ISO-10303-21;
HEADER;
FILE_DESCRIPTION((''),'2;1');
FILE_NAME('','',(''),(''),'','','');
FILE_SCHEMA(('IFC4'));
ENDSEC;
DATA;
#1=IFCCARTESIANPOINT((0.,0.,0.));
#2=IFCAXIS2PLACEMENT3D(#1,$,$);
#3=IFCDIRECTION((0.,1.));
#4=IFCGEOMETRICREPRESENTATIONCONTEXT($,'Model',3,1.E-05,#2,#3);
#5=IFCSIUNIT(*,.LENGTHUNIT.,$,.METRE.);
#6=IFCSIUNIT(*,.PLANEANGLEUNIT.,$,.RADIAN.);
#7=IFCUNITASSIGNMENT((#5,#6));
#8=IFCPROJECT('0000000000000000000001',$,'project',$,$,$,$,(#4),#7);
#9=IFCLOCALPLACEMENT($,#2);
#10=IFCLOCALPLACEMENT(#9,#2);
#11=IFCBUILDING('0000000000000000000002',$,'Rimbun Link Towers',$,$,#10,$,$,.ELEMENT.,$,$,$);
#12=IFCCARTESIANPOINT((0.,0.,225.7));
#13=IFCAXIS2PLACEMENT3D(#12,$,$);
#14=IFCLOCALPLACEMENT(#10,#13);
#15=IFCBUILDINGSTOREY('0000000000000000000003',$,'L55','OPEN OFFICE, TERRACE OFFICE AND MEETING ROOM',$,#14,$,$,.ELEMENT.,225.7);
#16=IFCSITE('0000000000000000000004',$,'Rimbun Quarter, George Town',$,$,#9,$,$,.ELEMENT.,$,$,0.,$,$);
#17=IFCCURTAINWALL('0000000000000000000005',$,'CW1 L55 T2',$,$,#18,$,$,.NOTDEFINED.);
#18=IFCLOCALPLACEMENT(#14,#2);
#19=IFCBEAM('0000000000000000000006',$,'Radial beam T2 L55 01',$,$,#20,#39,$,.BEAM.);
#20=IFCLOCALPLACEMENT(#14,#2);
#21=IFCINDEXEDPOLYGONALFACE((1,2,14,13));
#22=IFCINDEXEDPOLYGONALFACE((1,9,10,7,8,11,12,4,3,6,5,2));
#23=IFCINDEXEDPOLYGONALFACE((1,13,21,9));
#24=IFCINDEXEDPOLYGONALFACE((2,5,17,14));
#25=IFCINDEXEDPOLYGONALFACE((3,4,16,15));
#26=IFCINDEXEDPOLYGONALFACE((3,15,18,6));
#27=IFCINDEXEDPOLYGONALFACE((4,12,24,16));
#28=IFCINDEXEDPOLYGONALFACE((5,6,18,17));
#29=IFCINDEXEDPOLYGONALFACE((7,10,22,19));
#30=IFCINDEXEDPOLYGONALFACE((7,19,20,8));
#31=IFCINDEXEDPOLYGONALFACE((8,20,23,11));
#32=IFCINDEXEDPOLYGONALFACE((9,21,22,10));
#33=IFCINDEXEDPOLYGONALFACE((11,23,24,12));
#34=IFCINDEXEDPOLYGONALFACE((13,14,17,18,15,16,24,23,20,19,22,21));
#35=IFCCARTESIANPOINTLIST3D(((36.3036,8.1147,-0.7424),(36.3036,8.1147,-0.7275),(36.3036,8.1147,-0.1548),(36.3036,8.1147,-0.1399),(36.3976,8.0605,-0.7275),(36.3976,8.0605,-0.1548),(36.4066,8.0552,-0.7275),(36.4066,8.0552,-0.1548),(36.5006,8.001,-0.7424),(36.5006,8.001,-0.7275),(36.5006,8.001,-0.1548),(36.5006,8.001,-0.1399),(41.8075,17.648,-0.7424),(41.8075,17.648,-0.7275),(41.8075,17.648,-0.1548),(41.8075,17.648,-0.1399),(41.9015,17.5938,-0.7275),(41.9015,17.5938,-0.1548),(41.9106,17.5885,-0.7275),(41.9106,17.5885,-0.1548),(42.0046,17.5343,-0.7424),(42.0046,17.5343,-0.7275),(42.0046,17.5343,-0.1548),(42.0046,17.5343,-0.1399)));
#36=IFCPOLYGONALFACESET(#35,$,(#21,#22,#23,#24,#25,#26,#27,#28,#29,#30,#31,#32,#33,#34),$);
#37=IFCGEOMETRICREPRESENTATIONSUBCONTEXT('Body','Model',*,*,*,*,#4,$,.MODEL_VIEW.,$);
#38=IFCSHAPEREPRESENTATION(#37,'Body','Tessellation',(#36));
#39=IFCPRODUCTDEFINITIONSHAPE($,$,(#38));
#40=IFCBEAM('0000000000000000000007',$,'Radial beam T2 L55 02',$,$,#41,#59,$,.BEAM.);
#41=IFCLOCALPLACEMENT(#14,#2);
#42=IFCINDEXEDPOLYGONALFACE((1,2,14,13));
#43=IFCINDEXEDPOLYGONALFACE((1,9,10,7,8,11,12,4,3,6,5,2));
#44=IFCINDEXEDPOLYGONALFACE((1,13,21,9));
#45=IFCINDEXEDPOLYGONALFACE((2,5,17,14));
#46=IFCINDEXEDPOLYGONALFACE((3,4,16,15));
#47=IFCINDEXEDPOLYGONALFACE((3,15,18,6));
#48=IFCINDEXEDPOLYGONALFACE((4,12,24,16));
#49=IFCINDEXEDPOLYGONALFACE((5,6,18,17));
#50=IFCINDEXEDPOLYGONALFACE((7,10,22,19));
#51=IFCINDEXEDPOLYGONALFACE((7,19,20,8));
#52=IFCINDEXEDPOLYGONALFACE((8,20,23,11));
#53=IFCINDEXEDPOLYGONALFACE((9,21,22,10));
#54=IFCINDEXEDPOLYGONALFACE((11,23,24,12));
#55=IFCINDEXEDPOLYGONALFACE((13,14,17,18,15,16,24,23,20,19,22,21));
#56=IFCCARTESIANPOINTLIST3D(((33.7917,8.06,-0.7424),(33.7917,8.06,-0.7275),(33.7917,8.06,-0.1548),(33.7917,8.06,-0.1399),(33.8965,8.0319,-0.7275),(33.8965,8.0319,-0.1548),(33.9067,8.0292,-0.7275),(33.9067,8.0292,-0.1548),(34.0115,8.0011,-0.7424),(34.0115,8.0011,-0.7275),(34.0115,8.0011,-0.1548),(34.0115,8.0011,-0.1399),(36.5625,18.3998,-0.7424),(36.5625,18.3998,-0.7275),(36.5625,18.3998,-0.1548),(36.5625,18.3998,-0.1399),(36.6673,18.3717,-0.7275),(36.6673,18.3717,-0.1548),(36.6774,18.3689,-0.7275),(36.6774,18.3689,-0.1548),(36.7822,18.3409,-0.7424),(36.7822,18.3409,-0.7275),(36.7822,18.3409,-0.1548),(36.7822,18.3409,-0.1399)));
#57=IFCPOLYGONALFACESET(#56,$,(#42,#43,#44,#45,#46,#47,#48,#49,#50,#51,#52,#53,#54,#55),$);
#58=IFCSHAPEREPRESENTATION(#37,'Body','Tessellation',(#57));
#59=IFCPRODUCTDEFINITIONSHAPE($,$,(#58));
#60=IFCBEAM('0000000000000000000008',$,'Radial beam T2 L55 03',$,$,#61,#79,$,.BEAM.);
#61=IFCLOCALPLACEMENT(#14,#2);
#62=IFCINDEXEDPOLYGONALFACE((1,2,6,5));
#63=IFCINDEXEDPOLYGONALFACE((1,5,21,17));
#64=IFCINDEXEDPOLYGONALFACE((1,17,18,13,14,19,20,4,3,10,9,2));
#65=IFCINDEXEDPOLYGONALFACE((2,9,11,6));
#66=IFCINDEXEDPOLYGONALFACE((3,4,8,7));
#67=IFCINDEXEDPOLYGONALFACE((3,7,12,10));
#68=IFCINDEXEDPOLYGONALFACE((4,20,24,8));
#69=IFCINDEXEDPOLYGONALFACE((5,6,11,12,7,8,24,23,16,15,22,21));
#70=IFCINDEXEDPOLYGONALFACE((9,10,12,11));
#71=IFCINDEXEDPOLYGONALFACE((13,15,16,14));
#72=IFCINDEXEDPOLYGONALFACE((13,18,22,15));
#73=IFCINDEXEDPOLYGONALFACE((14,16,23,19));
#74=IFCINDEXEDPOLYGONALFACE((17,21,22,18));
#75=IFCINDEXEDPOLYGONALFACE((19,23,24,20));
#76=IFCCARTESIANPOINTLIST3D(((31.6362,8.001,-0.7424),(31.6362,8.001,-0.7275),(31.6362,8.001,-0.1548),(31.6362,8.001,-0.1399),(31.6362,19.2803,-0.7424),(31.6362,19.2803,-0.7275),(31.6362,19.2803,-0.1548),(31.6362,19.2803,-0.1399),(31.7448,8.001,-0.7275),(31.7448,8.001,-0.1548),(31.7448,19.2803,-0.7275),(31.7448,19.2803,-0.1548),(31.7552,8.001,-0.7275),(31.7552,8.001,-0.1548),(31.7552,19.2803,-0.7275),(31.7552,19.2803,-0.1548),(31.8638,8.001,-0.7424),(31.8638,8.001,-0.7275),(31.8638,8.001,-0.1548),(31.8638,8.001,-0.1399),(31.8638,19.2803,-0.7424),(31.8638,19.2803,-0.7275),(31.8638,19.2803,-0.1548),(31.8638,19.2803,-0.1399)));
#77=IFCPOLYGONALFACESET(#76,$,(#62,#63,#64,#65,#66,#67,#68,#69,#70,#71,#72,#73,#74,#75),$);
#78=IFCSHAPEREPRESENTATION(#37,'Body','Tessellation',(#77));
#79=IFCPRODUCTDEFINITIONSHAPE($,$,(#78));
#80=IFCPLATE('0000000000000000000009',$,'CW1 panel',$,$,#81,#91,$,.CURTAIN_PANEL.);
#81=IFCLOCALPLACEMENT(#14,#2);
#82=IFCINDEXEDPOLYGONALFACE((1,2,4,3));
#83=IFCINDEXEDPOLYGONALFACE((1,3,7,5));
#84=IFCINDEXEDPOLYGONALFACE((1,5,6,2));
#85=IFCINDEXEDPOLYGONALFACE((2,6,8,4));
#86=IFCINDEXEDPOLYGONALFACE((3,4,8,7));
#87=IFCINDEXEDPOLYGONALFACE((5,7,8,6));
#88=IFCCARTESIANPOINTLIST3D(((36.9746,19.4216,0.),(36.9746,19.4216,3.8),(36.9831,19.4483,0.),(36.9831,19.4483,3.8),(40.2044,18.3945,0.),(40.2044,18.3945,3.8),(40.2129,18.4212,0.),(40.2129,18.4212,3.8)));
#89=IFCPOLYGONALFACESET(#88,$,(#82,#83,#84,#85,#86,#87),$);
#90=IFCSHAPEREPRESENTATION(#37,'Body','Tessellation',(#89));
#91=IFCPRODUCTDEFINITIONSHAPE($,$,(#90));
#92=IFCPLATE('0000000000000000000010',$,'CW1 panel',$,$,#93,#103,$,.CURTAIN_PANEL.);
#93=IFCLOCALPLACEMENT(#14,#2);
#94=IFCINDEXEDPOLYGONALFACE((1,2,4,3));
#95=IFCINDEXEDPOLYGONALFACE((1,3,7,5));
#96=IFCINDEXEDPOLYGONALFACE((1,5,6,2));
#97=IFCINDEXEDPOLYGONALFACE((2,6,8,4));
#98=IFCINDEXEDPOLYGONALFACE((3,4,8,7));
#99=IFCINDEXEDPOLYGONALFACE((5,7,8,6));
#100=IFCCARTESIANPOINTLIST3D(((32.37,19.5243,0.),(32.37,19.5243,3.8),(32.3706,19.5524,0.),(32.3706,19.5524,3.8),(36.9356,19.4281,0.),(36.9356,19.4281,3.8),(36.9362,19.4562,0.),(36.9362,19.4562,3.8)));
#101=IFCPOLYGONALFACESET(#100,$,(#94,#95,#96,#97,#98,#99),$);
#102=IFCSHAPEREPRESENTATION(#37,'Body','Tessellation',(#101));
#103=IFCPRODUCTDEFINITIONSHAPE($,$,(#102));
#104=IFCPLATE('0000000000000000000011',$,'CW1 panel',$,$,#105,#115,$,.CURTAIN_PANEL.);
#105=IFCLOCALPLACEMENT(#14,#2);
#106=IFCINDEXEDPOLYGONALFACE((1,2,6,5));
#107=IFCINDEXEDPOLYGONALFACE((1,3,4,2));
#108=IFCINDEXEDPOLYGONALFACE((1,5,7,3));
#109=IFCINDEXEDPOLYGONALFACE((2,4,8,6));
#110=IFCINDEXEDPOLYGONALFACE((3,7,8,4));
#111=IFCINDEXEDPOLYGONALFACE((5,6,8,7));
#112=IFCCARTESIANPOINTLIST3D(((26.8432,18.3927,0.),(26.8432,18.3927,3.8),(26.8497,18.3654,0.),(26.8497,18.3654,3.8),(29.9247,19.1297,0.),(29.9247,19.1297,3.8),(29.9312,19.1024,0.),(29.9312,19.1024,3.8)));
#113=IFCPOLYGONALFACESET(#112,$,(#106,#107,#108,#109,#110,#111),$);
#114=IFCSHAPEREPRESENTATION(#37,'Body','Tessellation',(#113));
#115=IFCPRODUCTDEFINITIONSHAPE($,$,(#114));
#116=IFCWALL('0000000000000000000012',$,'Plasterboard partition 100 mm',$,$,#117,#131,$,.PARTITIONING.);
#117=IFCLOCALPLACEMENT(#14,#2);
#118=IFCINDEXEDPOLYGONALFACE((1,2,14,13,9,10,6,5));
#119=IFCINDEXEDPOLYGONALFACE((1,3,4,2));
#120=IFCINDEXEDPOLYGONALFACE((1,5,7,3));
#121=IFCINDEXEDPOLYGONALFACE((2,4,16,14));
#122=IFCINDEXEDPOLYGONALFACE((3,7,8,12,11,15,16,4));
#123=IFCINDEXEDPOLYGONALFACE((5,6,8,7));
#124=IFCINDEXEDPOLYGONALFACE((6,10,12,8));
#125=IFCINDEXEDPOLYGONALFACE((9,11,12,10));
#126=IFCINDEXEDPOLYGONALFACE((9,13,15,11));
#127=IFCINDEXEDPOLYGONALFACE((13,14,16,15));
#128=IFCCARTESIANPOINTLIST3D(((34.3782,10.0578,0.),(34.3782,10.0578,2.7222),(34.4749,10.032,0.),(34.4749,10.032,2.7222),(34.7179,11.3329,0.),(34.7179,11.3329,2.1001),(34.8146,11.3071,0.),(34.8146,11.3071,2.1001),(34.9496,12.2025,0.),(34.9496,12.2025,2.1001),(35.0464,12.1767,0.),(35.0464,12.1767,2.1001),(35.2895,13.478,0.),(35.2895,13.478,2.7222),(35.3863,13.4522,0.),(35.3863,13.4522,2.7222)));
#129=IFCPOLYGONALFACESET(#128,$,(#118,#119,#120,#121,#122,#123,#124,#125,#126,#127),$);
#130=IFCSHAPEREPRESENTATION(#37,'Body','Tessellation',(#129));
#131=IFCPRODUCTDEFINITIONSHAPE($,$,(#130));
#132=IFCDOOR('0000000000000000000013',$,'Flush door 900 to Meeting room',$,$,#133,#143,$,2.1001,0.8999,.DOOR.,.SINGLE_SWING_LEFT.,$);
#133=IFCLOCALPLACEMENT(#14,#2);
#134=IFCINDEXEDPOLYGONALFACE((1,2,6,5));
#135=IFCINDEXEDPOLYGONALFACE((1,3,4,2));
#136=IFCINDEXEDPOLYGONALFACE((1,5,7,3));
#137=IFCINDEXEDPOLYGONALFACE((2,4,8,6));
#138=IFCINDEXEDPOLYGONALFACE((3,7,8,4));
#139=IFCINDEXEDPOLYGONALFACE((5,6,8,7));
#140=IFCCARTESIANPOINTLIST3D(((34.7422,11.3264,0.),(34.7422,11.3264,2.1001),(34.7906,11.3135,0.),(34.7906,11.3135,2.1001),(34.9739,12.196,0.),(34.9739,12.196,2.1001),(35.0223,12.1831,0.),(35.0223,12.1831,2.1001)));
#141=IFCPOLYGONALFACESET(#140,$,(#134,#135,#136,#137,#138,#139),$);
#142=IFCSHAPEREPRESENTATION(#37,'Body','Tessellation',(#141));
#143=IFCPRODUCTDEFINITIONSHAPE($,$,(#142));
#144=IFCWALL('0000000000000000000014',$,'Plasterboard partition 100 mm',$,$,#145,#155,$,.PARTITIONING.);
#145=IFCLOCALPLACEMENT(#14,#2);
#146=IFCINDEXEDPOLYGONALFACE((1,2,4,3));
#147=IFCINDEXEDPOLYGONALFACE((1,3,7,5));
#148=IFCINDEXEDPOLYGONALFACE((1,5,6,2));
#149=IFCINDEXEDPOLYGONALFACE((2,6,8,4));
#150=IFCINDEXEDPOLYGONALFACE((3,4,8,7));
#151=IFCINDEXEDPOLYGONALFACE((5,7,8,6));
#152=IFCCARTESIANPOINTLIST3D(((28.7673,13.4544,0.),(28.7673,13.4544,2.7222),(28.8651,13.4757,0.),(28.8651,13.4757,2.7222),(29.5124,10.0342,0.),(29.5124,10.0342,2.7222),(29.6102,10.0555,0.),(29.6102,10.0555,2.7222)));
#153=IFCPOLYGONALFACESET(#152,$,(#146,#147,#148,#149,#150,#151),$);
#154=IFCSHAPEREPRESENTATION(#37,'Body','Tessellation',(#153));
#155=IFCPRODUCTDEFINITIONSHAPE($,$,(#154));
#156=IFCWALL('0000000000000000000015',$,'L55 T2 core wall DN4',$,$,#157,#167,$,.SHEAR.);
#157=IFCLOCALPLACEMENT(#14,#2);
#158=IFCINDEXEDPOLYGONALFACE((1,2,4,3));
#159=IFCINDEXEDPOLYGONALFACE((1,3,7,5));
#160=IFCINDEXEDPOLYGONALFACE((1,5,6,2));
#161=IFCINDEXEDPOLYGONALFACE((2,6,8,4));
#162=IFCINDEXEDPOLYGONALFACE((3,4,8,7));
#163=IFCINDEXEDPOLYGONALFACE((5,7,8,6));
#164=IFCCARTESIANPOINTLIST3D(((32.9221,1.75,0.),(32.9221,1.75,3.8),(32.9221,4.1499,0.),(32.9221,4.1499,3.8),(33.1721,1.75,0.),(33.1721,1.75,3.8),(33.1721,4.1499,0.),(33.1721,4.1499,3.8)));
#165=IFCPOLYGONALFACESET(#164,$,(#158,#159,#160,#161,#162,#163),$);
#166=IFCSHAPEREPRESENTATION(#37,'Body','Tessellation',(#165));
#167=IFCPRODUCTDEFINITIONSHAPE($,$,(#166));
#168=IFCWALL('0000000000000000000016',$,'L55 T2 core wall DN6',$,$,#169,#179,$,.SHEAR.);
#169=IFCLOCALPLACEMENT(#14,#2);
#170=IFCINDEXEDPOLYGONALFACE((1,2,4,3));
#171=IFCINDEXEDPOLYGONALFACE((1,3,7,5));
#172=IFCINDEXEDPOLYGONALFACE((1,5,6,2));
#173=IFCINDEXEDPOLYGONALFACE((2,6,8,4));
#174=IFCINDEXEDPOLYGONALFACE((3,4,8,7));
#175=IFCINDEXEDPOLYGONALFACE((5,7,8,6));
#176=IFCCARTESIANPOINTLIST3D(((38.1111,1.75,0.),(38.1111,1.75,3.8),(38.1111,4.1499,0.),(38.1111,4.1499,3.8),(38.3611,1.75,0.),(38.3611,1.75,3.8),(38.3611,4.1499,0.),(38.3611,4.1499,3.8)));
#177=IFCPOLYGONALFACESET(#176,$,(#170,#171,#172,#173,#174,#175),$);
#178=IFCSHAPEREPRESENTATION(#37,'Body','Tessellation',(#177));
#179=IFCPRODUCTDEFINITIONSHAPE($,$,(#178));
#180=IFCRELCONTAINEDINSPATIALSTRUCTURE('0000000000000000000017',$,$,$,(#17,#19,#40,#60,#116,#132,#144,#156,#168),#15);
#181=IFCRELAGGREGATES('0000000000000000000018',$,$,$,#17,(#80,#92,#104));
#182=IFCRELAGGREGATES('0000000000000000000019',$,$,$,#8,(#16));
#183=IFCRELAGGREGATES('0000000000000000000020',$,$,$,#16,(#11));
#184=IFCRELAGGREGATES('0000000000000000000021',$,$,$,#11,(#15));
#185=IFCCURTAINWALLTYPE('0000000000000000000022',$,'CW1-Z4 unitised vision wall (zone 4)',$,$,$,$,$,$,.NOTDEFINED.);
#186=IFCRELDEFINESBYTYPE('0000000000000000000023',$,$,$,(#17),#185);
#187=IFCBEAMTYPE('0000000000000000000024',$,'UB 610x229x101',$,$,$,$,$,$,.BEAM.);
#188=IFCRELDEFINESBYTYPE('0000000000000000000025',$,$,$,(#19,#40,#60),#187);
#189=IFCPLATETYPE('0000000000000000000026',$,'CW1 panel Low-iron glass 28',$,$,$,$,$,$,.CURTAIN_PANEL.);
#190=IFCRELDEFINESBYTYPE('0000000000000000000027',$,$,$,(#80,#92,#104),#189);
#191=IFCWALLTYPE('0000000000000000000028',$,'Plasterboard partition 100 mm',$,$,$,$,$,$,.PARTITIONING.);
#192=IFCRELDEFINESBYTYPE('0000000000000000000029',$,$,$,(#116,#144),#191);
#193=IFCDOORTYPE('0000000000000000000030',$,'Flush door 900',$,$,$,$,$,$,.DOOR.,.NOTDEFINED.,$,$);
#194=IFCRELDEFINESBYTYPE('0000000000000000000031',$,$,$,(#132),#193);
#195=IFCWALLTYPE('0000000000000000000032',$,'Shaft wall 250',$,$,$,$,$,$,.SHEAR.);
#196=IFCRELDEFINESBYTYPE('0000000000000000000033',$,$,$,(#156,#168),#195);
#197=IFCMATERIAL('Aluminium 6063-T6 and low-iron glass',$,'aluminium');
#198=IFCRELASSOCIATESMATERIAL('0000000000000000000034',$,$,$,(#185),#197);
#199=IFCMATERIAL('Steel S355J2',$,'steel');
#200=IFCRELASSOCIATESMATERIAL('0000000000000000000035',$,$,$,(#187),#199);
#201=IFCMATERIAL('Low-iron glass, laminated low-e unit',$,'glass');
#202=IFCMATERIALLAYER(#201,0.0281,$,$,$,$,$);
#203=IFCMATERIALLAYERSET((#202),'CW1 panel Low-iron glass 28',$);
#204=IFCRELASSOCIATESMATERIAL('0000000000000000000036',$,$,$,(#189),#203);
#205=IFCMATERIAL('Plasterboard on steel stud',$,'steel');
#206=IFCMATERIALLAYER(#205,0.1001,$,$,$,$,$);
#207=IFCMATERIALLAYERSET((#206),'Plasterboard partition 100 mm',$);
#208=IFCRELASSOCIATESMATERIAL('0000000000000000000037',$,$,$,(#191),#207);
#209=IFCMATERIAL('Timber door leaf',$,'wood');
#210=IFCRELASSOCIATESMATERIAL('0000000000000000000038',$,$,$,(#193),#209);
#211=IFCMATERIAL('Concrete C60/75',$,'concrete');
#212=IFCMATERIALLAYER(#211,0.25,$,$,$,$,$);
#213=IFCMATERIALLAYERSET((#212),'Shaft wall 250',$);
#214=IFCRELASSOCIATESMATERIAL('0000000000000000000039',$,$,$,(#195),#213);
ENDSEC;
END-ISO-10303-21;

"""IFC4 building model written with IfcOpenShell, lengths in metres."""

from ifc_helpers import new_model, si_unit, direction, frame, frame_2d, origin, origin_2d, place, context, subcontext, project, spatial, rectangle, i_section, extrude, material, layer, layer_set, material_profile, profile_set, type_object, element, fill, aggregate, save


model = new_model("IFC4")

# Units and contexts
model_context = context("Model", 3, precision=1e-05, world=origin(), true_north=direction((0.0, 1.0)))
body_context = subcontext(model_context, "Body", "Model", "MODEL_VIEW")
ifc_project = project(units=[si_unit("LENGTHUNIT", "METRE"), si_unit("PLANEANGLEUNIT", "RADIAN")], contexts=[model_context])

# Site, building, storey
site_placement = place(None, origin())
site = spatial("IfcSite", under=ifc_project, at=site_placement, Name="Rimbun Quarter, George Town", CompositionType="ELEMENT", RefElevation=0.0)
building_placement = place(site_placement, origin())
building = spatial("IfcBuilding", under=site, at=building_placement, Name="Rimbun Link Towers", CompositionType="ELEMENT")
storey_placement = place(building_placement, frame((0.0, 0.0, 225.7)))
storey = spatial("IfcBuildingStorey", under=building, at=storey_placement, Name="L55", Description="OPEN OFFICE, TERRACE OFFICE AND MEETING ROOM", CompositionType="ELEMENT", Elevation=225.7)

# Curtain wall
ifc_material_1 = material(Name="Aluminium 6063-T6 and low-iron glass", Category="aluminium")
curtain_wall_type = type_object("IfcCurtainWallType", Name="CW1-Z4 unitised vision wall (zone 4)", PredefinedType="NOTDEFINED", material=ifc_material_1)
curtain_wall_placement = place(storey_placement, origin())
curtain_wall = element("IfcCurtainWall", 1, at=curtain_wall_placement, inside=storey, type_object=curtain_wall_type, Name="CW1 L55 T2", PredefinedType="NOTDEFINED")

# Beams
ifc_material_2 = material(Name="Steel S355J2", Category="steel")
ifc_material_profile_1 = material_profile(ifc_material_2, i_section(OverallWidth=0.2275, OverallDepth=0.6025, WebThickness=0.0105, FlangeThickness=0.0149, at=origin_2d()), Name="UB 610x229x101")
ifc_profile_set_1 = profile_set([ifc_material_profile_1], Name="Steel S355J2")
beam_type_1 = type_object("IfcBeamType", Name="UB 610x229x101", PredefinedType="BEAM", material=ifc_profile_set_1)
beam_1_placement = place(storey_placement, frame((36.4021, 8.0579, -0.4412), z_axis=(0.499994, 0.866029, 0.0), x_axis=(-0.866029, 0.499994, 0.0)))
element("IfcBeam", 2, at=beam_1_placement, inside=storey, type_object=beam_type_1, Name="Radial beam T2 L55 01", PredefinedType="BEAM", context=body_context, shape_type="SweptSolid", body=[
    extrude(i_section(OverallWidth=0.2275, OverallDepth=0.6025, WebThickness=0.0105, FlangeThickness=0.0149, at=origin_2d()), origin(), (0.0, 0.0, 1.0), 11.0081),
])
beam_2_placement = place(storey_placement, frame((33.9016, 8.0305, -0.4412), z_axis=(0.258836, 0.965921, 0.0), x_axis=(-0.965921, 0.258836, 0.0)))
element("IfcBeam", 3, at=beam_2_placement, inside=storey, type_object=beam_type_1, Name="Radial beam T2 L55 02", PredefinedType="BEAM", context=body_context, shape_type="SweptSolid", body=[
    extrude(i_section(OverallWidth=0.2275, OverallDepth=0.6025, WebThickness=0.0105, FlangeThickness=0.0149, at=origin_2d()), origin(), (0.0, 0.0, 1.0), 10.7046),
])
beam_3_placement = place(storey_placement, frame((31.75, 8.001, -0.4412), z_axis=(0.0, 1.0, 0.0), x_axis=(-1.0, 0.0, 0.0)))
element("IfcBeam", 4, at=beam_3_placement, inside=storey, type_object=beam_type_1, Name="Radial beam T2 L55 03", PredefinedType="BEAM", context=body_context, shape_type="SweptSolid", body=[
    extrude(i_section(OverallWidth=0.2275, OverallDepth=0.6025, WebThickness=0.0105, FlangeThickness=0.0149, at=origin_2d()), origin(), (0.0, 0.0, 1.0), 11.2793),
])

# Plates
ifc_material_3 = material(Name="Low-iron glass, laminated low-e unit", Category="glass")
ifc_layer_1 = layer(ifc_material_3, 0.0281)
ifc_layer_set_1 = layer_set([ifc_layer_1], Name="CW1 panel Low-iron glass 28")
plate_type = type_object("IfcPlateType", Name="CW1 panel Low-iron glass 28", PredefinedType="CURTAIN_PANEL", material=ifc_layer_set_1)
plate_1_placement = place(storey_placement, frame((38.5938, 18.9214, 0.0), z_axis=(0.0, 0.0, 1.0), x_axis=(0.952974, -0.303053, 0.0)))
plate_1 = element("IfcPlate", 5, at=plate_1_placement, type_object=plate_type, Name="CW1 panel", PredefinedType="CURTAIN_PANEL", context=body_context, shape_type="SweptSolid", body=[
    extrude(rectangle(XDim=3.3892, YDim=0.0281, at=origin_2d()), origin(), (0.0, 0.0, 1.0), 3.8),
])
plate_2_placement = place(storey_placement, frame((34.6531, 19.4902, 0.0), z_axis=(0.0, 0.0, 1.0), x_axis=(0.999778, -0.021069, 0.0)))
plate_2 = element("IfcPlate", 6, at=plate_2_placement, type_object=plate_type, Name="CW1 panel", PredefinedType="CURTAIN_PANEL", context=body_context, shape_type="SweptSolid", body=[
    extrude(rectangle(XDim=4.5667, YDim=0.0281, at=origin_2d()), origin(), (0.0, 0.0, 1.0), 3.8),
])
plate_3_placement = place(storey_placement, frame((28.3872, 18.7476, 0.0), z_axis=(0.0, 0.0, 1.0), x_axis=(0.972572, 0.232601, 0.0)))
plate_3 = element("IfcPlate", 7, at=plate_3_placement, type_object=plate_type, Name="CW1 panel", PredefinedType="CURTAIN_PANEL", context=body_context, shape_type="SweptSolid", body=[
    extrude(rectangle(XDim=3.1685, YDim=0.0281, at=origin_2d()), origin(), (0.0, 0.0, 1.0), 3.8),
])
aggregate(curtain_wall, [plate_1, plate_2, plate_3])

# Wall, opening, door
ifc_material_4 = material(Name="Plasterboard on steel stud", Category="steel")
ifc_layer_2 = layer(ifc_material_4, 0.1001)
ifc_layer_set_2 = layer_set([ifc_layer_2], Name="Plasterboard partition 100 mm")
wall_type_1 = type_object("IfcWallType", Name="Plasterboard partition 100 mm", PredefinedType="PARTITIONING", material=ifc_layer_set_2)
wall_1_placement = place(storey_placement, frame((34.4265, 10.0449, 0.0), z_axis=(0.0, 0.0, 1.0), x_axis=(0.257487, 0.966282, 0.0)))
wall_1 = element("IfcWall", 8, at=wall_1_placement, inside=storey, type_object=wall_type_1, Name="Plasterboard partition 100 mm", PredefinedType="PARTITIONING", context=body_context, shape_type="SweptSolid", body=[
    extrude(rectangle(XDim=3.5396, YDim=0.1001, at=frame_2d((1.7698, 0.0))), origin(), (0.0, 0.0, 1.0), 2.7222),
])
opening_1_placement = place(wall_1_placement, frame((1.3196, 0.0, 0.0)))
opening_1 = element("IfcOpeningElement", 9, at=opening_1_placement, cuts=wall_1, PredefinedType="OPENING", context=body_context, shape_type="SweptSolid", body=[
    extrude(rectangle(XDim=0.8999, YDim=2.1001, at=frame_2d((0.45, 1.05))), frame((0.0, 0.0601, 0.0), z_axis=(0.0, -1.0, 0.0), x_axis=(1.0, 0.0, 0.0)), (0.0, 0.0, 1.0), 0.1201),
])
ifc_material_5 = material(Name="Timber door leaf", Category="wood")
door_type_1 = type_object("IfcDoorType", Name="Flush door 900", OperationType="NOTDEFINED", PredefinedType="DOOR", material=ifc_material_5)
door_1_placement = place(opening_1_placement, origin())
door_1 = element("IfcDoor", 10, at=door_1_placement, inside=storey, type_object=door_type_1, Name="Flush door 900 to Meeting room", OperationType="SINGLE_SWING_LEFT", OverallHeight=2.1001, OverallWidth=0.8999, PredefinedType="DOOR", context=body_context, shape_type="SweptSolid", body=[
    extrude(rectangle(XDim=0.8999, YDim=2.1001, at=frame_2d((0.45, 1.05))), frame((0.0, 0.0249, 0.0), z_axis=(0.0, -1.0, 0.0), x_axis=(1.0, 0.0, 0.0)), (0.0, 0.0, 1.0), 0.05),
])
fill(opening_1, door_1)

# Walls
wall_2_placement = place(storey_placement, frame((28.8162, 13.4651, 0.0), z_axis=(0.0, 0.0, 1.0), x_axis=(0.212867, -0.977081, 0.0)))
element("IfcWall", 11, at=wall_2_placement, inside=storey, type_object=wall_type_1, Name="Plasterboard partition 100 mm", PredefinedType="PARTITIONING", context=body_context, shape_type="SweptSolid", body=[
    extrude(rectangle(XDim=3.5005, YDim=0.1001, at=frame_2d((1.7502, 0.0))), origin(), (0.0, 0.0, 1.0), 2.7222),
])
ifc_material_6 = material(Name="Concrete C60/75", Category="concrete")
ifc_layer_3 = layer(ifc_material_6, 0.25)
ifc_layer_set_3 = layer_set([ifc_layer_3], Name="Shaft wall 250")
wall_type_2 = type_object("IfcWallType", Name="Shaft wall 250", PredefinedType="SHEAR", material=ifc_layer_set_3)
for number, where, z_axis, x_axis, name in (
    (12, (33.0471, 1.75, 0.0), (0.0, 0.0, 1.0), (0.0, 1.0, 0.0), "L55 T2 core wall DN4"),
    (13, (38.2361, 1.75, 0.0), (0.0, 0.0, 1.0), (0.0, 1.0, 0.0), "L55 T2 core wall DN6"),
):
    element("IfcWall", number, at=place(storey_placement, frame(where, z_axis=z_axis, x_axis=x_axis)), inside=storey, type_object=wall_type_2, Name=name, PredefinedType="SHEAR", context=body_context, shape_type="SweptSolid", body=[
        extrude(rectangle(XDim=2.3999, YDim=0.25, at=frame_2d((1.2, 0.0))), origin(), (0.0, 0.0, 1.0), 3.8),
    ])

save(model, "model.ifc")
